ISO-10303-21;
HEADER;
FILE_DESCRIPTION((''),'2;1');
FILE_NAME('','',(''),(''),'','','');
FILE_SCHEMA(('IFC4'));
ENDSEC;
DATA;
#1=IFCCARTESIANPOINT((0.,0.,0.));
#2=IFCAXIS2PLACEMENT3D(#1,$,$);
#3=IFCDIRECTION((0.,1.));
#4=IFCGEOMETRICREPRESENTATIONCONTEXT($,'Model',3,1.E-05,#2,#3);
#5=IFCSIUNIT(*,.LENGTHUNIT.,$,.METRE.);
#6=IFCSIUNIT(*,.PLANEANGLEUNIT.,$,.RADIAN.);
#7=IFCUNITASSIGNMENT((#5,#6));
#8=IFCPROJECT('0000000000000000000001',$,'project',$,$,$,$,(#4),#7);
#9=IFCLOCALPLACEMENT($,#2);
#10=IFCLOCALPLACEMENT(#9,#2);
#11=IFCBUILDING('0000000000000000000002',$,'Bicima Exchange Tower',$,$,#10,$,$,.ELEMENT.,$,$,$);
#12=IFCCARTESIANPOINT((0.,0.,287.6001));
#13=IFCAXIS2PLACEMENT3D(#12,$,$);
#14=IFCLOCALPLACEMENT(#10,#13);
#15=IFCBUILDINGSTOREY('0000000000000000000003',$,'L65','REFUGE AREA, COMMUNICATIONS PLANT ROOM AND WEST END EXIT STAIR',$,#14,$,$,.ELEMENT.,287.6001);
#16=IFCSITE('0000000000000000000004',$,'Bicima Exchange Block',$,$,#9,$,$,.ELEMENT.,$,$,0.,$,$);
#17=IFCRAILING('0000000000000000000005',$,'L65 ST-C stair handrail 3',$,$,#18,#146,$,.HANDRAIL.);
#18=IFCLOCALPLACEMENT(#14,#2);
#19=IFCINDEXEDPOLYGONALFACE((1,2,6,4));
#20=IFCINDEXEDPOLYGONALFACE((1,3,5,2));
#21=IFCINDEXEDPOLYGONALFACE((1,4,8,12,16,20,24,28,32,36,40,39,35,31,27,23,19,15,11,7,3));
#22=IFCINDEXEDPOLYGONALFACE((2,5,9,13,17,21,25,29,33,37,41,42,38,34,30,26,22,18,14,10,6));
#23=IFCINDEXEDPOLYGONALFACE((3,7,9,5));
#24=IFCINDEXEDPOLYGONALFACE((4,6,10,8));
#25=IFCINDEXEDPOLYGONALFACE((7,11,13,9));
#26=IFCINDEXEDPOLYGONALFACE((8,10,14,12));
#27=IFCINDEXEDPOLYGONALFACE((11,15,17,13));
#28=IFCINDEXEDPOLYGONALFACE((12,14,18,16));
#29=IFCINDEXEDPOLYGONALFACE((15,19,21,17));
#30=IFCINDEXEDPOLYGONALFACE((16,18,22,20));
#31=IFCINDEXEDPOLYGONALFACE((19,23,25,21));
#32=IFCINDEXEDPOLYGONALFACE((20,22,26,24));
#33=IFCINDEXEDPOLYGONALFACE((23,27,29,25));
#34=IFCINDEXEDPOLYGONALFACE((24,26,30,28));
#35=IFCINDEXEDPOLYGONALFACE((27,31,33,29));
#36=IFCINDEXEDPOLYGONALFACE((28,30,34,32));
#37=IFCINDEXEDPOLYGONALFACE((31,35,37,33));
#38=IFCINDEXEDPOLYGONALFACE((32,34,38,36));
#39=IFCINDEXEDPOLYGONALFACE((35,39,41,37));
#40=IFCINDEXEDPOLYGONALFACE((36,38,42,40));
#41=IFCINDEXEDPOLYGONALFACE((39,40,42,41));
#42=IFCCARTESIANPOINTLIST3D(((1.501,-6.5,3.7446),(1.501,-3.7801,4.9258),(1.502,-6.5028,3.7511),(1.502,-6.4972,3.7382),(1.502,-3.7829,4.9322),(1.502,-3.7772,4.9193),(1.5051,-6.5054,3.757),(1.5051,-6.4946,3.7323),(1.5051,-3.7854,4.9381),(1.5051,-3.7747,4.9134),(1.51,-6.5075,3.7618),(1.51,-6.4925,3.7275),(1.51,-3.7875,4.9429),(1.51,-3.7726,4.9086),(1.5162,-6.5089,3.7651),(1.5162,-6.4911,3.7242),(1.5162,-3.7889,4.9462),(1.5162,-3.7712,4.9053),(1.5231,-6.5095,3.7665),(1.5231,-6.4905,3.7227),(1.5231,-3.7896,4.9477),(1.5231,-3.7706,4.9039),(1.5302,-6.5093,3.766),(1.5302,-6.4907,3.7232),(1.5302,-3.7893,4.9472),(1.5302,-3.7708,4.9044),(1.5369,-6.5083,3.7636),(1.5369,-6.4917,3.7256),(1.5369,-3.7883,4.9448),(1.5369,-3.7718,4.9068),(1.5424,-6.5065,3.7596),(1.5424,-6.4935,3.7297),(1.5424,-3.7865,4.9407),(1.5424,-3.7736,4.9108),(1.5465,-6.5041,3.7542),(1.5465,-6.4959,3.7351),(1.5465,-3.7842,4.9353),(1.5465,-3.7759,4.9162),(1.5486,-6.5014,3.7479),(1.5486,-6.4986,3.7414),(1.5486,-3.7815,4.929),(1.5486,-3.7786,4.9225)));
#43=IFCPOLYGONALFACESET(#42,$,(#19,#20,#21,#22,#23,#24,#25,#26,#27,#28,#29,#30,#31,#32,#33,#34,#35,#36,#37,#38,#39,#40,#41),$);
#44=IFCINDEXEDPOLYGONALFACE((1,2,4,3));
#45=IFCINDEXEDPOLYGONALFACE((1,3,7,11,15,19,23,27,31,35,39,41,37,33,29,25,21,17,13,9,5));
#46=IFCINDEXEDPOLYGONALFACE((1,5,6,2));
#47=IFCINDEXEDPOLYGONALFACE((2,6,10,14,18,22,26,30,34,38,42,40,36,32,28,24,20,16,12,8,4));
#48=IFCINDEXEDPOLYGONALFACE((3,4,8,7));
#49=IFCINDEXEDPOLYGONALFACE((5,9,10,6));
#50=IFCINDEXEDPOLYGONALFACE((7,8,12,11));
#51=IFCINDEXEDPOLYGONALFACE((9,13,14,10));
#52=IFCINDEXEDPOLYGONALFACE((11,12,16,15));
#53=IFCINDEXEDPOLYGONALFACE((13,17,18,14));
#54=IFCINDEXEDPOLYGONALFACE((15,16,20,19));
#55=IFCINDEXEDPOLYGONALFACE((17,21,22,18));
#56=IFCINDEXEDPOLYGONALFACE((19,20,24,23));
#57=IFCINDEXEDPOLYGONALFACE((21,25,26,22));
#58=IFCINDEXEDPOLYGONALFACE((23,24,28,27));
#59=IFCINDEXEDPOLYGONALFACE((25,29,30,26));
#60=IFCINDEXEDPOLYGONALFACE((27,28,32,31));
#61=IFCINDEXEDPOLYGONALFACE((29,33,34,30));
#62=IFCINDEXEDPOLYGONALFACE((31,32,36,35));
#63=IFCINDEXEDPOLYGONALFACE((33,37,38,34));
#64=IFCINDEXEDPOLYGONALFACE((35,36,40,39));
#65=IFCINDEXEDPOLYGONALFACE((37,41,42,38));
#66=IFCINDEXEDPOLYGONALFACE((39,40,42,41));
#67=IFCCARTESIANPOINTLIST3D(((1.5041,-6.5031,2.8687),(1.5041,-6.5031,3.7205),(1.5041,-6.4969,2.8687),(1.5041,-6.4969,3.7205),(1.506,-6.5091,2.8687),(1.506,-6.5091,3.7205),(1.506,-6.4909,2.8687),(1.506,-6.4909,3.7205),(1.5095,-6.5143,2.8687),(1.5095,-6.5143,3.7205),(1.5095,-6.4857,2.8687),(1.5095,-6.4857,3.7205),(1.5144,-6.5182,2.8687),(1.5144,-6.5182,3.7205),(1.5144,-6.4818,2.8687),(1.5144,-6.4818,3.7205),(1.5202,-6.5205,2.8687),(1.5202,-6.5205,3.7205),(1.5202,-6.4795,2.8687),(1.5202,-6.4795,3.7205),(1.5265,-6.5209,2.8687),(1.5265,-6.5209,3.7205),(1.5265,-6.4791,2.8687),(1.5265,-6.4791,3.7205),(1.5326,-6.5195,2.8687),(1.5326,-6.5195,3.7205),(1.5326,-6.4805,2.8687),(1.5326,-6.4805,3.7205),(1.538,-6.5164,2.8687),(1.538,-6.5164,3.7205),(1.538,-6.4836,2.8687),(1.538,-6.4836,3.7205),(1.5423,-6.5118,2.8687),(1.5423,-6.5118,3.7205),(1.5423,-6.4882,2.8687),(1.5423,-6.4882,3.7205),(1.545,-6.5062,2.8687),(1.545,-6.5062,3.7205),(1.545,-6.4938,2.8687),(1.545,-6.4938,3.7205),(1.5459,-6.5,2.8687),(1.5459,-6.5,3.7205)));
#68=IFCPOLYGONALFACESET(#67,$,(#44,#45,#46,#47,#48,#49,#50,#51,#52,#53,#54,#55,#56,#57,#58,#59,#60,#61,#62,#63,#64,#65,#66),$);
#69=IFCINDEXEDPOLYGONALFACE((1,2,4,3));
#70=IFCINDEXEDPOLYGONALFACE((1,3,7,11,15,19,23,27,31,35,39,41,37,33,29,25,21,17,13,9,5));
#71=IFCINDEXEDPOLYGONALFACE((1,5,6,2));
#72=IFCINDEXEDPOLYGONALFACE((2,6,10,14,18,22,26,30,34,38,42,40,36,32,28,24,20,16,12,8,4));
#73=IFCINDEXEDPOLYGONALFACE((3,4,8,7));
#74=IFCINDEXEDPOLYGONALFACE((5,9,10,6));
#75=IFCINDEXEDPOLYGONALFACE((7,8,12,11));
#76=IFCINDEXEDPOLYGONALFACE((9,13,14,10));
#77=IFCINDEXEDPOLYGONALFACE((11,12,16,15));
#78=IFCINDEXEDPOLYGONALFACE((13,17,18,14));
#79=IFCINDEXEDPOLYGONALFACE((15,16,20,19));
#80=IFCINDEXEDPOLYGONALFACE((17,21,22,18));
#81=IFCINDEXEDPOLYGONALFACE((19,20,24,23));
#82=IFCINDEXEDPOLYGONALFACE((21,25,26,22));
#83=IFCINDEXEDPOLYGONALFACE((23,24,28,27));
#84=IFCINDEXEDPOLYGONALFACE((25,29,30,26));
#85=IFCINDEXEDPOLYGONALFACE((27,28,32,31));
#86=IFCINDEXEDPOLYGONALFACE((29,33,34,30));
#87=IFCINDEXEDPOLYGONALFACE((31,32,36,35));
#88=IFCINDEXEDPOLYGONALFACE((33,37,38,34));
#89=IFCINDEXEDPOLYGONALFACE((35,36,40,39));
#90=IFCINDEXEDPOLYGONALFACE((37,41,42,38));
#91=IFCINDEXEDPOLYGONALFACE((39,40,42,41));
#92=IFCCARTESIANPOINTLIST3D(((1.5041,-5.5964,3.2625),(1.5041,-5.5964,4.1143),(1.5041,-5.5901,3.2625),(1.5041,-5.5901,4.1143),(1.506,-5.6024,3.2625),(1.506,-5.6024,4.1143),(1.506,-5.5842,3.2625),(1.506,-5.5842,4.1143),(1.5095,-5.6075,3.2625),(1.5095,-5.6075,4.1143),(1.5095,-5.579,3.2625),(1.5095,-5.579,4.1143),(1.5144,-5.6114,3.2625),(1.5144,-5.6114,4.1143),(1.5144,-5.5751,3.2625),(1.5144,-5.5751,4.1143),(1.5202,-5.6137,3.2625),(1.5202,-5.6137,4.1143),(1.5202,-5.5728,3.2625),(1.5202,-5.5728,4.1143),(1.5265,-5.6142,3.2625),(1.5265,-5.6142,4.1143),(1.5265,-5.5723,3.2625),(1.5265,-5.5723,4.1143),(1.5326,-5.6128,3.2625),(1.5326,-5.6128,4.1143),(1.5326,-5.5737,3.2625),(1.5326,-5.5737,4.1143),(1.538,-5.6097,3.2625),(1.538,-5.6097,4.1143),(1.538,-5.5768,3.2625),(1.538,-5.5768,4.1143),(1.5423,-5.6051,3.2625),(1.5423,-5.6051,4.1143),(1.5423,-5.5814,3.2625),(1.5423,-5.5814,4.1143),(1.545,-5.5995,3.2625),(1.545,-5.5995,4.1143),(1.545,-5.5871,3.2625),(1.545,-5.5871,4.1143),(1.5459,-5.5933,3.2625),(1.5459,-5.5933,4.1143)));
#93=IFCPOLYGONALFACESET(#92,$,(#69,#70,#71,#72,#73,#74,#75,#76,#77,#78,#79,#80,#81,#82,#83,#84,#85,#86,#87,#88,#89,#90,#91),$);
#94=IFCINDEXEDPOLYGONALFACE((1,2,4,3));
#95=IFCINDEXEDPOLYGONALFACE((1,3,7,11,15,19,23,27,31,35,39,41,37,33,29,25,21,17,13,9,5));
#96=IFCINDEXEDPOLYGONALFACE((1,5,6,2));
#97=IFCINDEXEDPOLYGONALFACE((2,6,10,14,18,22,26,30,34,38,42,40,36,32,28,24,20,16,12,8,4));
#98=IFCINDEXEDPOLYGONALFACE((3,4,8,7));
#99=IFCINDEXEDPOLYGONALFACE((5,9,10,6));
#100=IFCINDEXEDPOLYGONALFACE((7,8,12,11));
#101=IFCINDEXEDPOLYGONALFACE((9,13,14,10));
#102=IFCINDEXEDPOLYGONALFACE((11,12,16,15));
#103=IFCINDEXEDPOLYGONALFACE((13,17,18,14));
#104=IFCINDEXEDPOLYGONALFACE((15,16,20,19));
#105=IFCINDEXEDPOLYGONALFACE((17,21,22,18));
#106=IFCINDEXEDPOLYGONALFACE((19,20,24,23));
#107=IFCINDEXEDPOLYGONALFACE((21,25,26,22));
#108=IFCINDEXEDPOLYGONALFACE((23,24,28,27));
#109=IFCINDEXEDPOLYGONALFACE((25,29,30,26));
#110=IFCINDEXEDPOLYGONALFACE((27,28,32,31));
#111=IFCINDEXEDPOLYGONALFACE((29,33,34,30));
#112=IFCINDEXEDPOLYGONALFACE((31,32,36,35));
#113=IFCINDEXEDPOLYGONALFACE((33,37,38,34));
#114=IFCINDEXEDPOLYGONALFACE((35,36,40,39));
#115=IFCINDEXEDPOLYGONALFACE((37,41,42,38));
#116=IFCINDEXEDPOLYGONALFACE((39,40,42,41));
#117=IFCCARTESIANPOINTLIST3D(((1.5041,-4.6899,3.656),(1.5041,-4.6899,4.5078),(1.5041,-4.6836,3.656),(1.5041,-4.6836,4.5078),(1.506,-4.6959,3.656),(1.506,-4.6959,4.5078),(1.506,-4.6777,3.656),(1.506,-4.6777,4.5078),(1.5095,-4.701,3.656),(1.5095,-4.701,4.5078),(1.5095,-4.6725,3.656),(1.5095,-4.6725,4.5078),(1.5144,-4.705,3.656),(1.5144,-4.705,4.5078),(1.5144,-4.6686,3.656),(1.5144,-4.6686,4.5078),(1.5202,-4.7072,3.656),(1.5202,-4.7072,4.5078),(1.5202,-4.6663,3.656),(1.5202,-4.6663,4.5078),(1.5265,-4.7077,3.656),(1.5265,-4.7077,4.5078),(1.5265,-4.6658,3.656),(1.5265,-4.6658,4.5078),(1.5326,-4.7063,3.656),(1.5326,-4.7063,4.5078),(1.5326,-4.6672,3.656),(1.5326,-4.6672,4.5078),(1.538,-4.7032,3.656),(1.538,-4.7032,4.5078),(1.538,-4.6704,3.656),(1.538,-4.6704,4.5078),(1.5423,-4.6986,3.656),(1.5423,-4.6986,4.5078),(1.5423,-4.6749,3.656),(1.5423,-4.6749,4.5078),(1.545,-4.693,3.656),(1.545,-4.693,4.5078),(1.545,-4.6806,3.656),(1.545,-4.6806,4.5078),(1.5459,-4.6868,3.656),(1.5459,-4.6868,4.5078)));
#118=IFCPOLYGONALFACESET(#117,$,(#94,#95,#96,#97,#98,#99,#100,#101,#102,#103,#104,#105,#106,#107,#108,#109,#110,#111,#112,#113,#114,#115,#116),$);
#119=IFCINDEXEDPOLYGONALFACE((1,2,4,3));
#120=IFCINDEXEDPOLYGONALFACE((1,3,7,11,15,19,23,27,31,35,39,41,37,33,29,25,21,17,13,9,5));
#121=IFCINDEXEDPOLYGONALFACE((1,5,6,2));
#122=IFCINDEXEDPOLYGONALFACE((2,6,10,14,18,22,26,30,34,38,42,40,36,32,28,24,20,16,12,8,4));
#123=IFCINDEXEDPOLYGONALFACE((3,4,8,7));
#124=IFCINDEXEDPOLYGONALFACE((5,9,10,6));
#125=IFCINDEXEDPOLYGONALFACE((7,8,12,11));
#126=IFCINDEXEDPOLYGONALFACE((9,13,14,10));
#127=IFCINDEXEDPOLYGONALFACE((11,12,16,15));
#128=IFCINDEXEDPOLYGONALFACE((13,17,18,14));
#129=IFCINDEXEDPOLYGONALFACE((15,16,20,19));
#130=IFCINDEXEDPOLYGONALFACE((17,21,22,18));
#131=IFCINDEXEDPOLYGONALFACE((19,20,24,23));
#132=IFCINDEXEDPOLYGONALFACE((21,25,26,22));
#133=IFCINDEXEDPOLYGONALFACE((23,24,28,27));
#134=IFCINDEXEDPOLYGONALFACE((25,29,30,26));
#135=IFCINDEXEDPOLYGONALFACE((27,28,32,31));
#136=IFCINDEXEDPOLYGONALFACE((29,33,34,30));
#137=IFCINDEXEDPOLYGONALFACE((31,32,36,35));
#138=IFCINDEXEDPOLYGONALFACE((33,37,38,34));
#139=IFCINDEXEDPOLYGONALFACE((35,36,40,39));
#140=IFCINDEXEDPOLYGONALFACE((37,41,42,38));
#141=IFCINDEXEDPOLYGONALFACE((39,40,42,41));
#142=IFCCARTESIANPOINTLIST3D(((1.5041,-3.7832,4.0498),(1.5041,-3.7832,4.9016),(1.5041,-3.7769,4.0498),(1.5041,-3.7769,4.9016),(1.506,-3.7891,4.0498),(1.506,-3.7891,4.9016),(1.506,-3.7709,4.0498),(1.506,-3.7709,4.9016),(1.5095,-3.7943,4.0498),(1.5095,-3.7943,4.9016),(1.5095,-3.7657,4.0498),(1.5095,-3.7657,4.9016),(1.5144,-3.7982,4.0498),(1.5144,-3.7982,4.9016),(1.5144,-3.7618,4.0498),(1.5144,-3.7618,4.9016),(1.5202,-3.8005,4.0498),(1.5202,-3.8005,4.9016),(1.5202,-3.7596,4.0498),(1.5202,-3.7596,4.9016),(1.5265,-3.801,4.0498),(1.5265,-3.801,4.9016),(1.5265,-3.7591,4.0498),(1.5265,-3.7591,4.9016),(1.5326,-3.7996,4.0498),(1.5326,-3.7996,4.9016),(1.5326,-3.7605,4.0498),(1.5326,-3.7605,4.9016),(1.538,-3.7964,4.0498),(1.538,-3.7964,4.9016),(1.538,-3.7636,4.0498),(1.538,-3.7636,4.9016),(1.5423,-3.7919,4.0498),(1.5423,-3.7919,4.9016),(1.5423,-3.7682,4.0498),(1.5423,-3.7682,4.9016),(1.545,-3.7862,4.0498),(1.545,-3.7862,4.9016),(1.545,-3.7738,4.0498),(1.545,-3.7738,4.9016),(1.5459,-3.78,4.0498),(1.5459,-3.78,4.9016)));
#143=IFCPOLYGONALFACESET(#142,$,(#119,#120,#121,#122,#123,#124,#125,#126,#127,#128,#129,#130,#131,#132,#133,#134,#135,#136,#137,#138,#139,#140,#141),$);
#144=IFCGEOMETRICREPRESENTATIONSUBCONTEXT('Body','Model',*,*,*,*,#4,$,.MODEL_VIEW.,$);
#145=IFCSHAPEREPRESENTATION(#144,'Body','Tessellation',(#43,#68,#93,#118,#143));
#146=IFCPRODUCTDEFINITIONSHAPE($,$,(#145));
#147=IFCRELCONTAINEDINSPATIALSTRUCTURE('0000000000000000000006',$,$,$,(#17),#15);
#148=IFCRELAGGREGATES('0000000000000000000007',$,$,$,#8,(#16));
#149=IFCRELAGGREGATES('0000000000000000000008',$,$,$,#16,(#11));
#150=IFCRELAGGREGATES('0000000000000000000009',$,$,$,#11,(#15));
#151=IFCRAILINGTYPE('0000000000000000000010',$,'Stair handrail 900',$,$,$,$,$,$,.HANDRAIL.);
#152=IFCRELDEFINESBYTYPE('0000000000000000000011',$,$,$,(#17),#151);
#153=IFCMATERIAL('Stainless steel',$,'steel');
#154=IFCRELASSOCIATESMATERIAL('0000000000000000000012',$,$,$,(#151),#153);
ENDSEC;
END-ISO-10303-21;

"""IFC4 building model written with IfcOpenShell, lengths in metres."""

from ifc_helpers import new_model, si_unit, direction, frame, origin, origin_2d, place, context, subcontext, project, spatial, circle, extrude, material, type_object, element, save


model = new_model("IFC4")

# Units and contexts
model_context = context("Model", 3, precision=1e-05, world=origin(), true_north=direction((0.0, 1.0)))
body_context = subcontext(model_context, "Body", "Model", "MODEL_VIEW")
ifc_project = project(units=[si_unit("LENGTHUNIT", "METRE"), si_unit("PLANEANGLEUNIT", "RADIAN")], contexts=[model_context])

# Site, building, storey
site_placement = place(None, origin())
site = spatial("IfcSite", under=ifc_project, at=site_placement, Name="Bicima Exchange Block", CompositionType="ELEMENT", RefElevation=0.0)
building_placement = place(site_placement, origin())
building = spatial("IfcBuilding", under=site, at=building_placement, Name="Bicima Exchange Tower", CompositionType="ELEMENT")
storey_placement = place(building_placement, frame((0.0, 0.0, 287.6001)))
storey = spatial("IfcBuildingStorey", under=building, at=storey_placement, Name="L65", Description="REFUGE AREA, COMMUNICATIONS PLANT ROOM AND WEST END EXIT STAIR", CompositionType="ELEMENT", Elevation=287.6001)

# Shared definitions
ifc_material_1 = material(Name="Stainless steel", Category="steel")

# Railing
railing_type = type_object("IfcRailingType", Name="Stair handrail 900", PredefinedType="HANDRAIL", material=ifc_material_1)
for number, where, name in (
    (1, (1.5249, -6.5, 2.8687), "L65 ST-C stair handrail 3"),
):
    element("IfcRailing", number, at=place(storey_placement, frame(where)), inside=storey, type_object=railing_type, Name=name, PredefinedType="HANDRAIL", context=body_context, shape_type="SweptSolid", body=[
        extrude(circle(Radius=0.0239, at=origin_2d()), frame((0.0, 0.0, 0.876), z_axis=(0.0, 0.917248, 0.398317), x_axis=(-1.0, 0.0, 0.0)), (0.0, 0.0, 1.0), 2.9653),
        extrude(circle(Radius=0.021, at=origin_2d()), origin(), (0.0, 0.0, 1.0), 0.8518),
        extrude(circle(Radius=0.021, at=origin_2d()), frame((0.0, 0.9067, 0.3938)), (0.0, 0.0, 1.0), 0.8518),
        extrude(circle(Radius=0.021, at=origin_2d()), frame((0.0, 1.8132, 0.7874)), (0.0, 0.0, 1.0), 0.8518),
        extrude(circle(Radius=0.021, at=origin_2d()), frame((0.0, 2.72, 1.1812)), (0.0, 0.0, 1.0), 0.8518),
    ])

save(model, "model.ifc")
